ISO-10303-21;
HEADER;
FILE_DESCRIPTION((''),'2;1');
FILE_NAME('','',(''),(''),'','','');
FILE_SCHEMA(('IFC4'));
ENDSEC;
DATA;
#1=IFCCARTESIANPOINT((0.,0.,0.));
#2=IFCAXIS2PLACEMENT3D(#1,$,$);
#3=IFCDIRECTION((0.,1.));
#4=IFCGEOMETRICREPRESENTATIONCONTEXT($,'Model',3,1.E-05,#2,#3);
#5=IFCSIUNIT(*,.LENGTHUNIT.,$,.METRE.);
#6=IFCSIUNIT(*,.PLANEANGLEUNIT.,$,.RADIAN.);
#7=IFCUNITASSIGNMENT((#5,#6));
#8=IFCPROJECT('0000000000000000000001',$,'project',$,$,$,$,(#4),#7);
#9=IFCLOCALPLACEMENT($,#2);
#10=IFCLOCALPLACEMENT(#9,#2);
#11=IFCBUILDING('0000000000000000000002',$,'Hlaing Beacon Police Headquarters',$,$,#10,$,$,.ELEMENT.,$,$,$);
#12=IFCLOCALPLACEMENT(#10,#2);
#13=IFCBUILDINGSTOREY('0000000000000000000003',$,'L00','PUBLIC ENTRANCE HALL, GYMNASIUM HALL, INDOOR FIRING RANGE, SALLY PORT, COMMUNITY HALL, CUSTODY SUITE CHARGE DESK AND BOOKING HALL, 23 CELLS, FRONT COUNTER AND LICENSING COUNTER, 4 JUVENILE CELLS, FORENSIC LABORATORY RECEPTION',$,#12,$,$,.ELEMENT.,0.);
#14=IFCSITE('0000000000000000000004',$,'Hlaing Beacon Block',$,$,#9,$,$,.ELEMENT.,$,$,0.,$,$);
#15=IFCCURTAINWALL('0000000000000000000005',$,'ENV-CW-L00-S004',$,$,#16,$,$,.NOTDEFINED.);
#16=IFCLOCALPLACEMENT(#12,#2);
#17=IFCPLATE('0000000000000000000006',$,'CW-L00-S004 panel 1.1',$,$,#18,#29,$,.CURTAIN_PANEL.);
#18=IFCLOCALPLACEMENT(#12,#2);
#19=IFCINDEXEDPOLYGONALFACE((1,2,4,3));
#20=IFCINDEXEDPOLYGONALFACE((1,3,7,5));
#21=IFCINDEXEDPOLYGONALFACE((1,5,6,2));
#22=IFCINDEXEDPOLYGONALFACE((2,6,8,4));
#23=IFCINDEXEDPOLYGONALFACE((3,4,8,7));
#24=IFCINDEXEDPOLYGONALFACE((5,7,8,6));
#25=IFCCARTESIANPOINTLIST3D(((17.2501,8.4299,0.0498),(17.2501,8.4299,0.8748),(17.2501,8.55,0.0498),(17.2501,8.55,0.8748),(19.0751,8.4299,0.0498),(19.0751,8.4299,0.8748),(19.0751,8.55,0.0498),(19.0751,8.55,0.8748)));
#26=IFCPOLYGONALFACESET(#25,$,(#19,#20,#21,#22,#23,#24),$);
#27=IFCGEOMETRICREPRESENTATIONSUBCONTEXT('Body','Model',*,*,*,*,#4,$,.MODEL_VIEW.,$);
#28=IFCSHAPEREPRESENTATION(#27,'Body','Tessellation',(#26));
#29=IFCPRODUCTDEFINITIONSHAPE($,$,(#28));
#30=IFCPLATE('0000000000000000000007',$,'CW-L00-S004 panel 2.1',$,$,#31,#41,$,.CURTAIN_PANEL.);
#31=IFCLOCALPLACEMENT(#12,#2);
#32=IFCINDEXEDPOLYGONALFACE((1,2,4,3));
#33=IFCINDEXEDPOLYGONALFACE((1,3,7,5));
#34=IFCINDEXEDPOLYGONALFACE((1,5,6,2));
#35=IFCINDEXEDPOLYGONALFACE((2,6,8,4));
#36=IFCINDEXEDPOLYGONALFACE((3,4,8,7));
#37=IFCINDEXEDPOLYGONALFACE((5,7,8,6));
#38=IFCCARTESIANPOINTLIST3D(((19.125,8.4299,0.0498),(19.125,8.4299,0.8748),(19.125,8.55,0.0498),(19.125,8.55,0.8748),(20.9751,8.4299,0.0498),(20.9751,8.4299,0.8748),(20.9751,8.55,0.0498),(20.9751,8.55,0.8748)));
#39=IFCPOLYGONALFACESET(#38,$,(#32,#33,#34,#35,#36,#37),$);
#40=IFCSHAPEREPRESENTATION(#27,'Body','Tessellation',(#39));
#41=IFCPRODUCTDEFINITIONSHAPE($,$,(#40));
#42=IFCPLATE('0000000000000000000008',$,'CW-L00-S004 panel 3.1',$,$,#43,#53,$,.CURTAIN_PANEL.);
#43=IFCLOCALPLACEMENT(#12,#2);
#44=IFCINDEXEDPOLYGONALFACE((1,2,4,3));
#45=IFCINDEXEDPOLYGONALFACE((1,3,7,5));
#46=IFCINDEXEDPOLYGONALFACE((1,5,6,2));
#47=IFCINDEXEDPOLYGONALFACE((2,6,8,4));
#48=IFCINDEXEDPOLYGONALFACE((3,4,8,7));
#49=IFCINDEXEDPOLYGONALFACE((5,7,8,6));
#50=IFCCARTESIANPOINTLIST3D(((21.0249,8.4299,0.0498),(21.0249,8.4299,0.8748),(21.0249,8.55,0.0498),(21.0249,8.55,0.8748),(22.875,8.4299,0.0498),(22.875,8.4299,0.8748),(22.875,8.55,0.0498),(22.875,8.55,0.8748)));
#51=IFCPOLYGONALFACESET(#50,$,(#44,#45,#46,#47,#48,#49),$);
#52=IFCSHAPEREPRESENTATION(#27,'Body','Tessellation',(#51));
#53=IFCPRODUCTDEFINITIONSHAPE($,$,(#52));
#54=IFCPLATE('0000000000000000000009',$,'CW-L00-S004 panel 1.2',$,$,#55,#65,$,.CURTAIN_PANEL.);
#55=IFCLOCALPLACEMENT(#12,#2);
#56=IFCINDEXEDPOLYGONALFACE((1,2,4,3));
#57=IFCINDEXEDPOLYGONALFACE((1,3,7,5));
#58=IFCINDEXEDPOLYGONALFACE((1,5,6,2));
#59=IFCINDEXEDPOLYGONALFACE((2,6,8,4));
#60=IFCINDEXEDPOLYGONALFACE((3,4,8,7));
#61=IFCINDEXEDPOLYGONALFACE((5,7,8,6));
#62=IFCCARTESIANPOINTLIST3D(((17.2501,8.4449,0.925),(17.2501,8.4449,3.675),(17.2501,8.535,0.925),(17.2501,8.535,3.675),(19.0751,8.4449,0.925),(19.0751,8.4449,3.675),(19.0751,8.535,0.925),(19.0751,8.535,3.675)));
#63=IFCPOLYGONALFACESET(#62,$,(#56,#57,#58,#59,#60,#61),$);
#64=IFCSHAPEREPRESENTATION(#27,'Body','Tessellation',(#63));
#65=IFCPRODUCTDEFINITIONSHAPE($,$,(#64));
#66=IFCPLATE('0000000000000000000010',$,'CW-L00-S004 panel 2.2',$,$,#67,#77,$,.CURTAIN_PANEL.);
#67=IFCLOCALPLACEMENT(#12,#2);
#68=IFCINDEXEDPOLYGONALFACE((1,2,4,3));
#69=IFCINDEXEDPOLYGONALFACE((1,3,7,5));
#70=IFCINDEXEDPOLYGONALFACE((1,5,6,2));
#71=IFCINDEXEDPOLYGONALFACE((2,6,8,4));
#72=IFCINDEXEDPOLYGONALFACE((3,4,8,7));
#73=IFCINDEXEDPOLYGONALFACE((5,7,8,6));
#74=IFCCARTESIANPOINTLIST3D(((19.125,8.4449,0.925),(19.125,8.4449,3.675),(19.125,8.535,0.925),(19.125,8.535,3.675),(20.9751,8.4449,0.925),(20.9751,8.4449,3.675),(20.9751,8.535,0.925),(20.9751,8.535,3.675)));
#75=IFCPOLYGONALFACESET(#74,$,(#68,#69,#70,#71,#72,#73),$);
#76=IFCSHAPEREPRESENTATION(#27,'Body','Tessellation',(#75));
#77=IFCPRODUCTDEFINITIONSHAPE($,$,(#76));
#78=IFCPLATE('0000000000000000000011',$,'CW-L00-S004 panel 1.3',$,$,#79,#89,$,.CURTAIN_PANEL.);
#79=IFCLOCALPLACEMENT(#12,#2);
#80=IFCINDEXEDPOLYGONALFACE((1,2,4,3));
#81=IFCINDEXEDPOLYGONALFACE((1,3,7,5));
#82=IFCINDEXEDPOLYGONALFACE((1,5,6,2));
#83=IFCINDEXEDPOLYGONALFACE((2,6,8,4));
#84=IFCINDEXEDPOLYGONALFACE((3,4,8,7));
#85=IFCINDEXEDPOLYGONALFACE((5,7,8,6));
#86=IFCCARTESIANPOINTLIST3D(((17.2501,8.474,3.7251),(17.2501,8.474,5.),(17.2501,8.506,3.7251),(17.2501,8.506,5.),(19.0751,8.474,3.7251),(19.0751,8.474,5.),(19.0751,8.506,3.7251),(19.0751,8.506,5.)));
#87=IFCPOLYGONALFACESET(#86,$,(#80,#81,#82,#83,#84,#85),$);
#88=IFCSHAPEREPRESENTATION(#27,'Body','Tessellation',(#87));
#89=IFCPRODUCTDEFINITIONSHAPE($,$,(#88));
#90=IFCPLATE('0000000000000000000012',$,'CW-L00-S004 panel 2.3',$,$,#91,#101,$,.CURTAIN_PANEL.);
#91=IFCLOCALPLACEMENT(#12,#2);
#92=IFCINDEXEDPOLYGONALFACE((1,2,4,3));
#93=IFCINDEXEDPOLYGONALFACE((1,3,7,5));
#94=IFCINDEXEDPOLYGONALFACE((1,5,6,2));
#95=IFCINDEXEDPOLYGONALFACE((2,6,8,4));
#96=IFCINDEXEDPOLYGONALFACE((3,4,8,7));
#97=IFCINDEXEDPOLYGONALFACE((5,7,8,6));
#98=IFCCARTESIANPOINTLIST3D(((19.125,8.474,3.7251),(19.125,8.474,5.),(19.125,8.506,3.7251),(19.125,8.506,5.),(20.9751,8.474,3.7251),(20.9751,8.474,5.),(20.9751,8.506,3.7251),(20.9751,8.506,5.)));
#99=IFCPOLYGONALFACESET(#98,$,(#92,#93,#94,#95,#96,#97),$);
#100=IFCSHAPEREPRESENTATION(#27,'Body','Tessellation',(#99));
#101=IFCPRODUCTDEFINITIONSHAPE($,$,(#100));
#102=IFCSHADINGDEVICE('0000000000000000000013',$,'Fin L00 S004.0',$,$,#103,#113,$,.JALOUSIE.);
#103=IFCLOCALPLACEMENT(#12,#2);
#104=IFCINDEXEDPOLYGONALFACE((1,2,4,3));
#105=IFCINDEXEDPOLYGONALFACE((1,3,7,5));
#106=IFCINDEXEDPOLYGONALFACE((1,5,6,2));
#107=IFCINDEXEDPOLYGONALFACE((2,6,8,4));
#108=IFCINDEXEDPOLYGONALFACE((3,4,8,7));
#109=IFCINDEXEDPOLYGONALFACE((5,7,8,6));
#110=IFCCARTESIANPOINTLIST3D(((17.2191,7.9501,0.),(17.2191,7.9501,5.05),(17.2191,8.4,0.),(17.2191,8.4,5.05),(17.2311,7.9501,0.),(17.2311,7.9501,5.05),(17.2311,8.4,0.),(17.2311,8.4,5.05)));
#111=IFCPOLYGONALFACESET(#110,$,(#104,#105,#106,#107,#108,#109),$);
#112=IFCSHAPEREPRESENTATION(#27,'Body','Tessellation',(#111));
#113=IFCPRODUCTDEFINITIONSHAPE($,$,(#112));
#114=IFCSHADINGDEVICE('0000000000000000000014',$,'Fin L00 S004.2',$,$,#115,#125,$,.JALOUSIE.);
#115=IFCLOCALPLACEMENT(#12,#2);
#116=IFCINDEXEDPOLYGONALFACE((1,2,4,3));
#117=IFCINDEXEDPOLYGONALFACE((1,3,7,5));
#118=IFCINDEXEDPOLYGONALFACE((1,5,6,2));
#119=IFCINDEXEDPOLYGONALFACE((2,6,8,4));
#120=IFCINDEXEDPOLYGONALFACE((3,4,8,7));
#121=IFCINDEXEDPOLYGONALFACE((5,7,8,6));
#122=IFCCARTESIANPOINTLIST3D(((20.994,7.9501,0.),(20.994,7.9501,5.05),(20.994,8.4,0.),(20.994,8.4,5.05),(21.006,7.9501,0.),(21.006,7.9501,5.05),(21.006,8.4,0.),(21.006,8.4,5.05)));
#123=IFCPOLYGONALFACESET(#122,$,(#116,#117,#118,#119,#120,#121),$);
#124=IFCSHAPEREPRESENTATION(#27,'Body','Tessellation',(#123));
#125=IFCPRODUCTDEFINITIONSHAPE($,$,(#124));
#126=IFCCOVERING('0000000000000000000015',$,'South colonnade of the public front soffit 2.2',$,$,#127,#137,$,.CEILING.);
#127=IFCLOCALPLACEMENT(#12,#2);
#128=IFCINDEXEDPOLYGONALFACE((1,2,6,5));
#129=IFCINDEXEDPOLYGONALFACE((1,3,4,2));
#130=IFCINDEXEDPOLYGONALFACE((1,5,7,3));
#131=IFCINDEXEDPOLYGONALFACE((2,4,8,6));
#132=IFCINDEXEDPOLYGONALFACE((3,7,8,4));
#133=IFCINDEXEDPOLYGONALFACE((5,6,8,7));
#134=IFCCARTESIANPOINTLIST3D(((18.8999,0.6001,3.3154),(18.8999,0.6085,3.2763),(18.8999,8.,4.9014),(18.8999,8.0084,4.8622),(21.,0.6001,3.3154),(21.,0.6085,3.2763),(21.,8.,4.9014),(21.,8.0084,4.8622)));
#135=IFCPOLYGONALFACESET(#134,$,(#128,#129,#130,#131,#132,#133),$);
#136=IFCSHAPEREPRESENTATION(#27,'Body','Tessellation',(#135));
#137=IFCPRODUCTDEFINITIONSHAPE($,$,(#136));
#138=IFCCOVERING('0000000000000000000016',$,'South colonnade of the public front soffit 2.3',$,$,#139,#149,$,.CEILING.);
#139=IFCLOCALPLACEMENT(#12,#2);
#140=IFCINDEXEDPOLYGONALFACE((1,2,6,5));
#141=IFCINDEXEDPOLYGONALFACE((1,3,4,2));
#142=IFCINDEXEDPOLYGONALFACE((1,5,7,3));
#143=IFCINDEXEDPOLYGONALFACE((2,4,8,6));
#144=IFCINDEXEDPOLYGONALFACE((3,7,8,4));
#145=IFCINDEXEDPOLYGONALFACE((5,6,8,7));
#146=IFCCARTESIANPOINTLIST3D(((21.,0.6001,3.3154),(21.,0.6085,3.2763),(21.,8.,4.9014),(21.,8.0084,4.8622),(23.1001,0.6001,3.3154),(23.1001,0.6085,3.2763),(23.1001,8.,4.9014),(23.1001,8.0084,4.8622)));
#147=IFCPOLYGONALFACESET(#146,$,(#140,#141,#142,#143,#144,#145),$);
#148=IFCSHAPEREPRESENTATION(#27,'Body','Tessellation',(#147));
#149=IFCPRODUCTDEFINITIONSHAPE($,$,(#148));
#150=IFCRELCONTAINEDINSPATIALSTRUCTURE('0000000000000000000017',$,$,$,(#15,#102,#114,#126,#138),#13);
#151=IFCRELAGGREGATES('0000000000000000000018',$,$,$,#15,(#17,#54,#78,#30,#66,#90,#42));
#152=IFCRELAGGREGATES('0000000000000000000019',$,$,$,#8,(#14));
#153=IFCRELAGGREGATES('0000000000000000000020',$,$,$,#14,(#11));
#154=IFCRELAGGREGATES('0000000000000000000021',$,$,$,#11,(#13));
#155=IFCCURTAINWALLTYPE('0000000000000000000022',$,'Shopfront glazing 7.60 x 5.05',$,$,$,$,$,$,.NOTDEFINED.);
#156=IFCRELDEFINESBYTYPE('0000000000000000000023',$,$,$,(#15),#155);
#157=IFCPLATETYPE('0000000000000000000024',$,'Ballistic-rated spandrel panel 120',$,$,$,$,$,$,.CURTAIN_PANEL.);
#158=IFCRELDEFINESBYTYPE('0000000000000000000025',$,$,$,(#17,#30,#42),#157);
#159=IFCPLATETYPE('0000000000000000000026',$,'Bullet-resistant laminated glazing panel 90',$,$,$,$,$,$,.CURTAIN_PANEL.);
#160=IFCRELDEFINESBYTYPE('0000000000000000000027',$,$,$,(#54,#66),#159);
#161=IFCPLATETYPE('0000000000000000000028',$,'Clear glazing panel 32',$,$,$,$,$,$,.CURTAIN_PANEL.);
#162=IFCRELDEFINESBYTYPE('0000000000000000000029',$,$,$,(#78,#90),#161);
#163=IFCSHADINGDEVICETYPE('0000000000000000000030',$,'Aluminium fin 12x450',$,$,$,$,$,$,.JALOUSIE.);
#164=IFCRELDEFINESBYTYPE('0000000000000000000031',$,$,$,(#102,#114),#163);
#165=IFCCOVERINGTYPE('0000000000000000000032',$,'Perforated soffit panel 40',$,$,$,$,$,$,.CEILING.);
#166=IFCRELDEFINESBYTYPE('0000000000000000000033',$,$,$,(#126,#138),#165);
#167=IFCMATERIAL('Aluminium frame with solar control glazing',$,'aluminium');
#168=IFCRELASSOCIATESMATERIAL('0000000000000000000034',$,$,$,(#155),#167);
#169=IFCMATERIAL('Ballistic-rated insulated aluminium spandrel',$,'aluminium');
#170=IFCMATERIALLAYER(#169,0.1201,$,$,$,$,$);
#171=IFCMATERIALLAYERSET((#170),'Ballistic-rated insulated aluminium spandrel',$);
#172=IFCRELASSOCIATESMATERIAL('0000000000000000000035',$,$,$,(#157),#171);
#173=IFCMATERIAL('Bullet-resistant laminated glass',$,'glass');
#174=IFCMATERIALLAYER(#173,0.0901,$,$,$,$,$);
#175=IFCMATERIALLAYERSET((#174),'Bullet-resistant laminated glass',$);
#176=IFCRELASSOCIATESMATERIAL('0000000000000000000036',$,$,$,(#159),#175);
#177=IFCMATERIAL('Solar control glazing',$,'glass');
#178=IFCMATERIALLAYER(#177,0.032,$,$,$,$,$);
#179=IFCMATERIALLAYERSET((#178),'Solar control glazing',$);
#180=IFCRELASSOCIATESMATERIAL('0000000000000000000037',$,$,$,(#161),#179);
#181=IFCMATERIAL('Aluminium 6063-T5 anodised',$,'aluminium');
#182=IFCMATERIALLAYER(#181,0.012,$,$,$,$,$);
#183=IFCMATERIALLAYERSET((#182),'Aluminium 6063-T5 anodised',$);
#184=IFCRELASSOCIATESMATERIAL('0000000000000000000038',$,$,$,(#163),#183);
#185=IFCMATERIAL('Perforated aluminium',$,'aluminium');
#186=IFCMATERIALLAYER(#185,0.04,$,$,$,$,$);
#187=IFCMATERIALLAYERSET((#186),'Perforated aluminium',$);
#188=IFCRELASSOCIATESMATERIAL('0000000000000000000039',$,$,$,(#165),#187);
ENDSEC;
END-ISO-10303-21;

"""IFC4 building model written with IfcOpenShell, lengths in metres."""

from ifc_helpers import new_model, si_unit, direction, frame, origin, origin_2d, place, context, subcontext, project, spatial, polyline, rectangle, outline, extrude, material, layer, layer_set, type_object, element, aggregate, save


model = new_model("IFC4")

# Units and contexts
model_context = context("Model", 3, precision=1e-05, world=origin(), true_north=direction((0.0, 1.0)))
body_context = subcontext(model_context, "Body", "Model", "MODEL_VIEW")
ifc_project = project(units=[si_unit("LENGTHUNIT", "METRE"), si_unit("PLANEANGLEUNIT", "RADIAN")], contexts=[model_context])

# Site, building, storey
site_placement = place(None, origin())
site = spatial("IfcSite", under=ifc_project, at=site_placement, Name="Hlaing Beacon Block", CompositionType="ELEMENT", RefElevation=0.0)
building_placement = place(site_placement, origin())
building = spatial("IfcBuilding", under=site, at=building_placement, Name="Hlaing Beacon Police Headquarters", CompositionType="ELEMENT")
storey_placement = place(building_placement, origin())
storey = spatial("IfcBuildingStorey", under=building, at=storey_placement, Name="L00", Description="PUBLIC ENTRANCE HALL, GYMNASIUM HALL, INDOOR FIRING RANGE, SALLY PORT, COMMUNITY HALL, CUSTODY SUITE CHARGE DESK AND BOOKING HALL, 23 CELLS, FRONT COUNTER AND LICENSING COUNTER, 4 JUVENILE CELLS, FORENSIC LABORATORY RECEPTION", CompositionType="ELEMENT", Elevation=0.0)

# Curtain wall, plates
ifc_material_1 = material(Name="Aluminium frame with solar control glazing", Category="aluminium")
curtain_wall_type = type_object("IfcCurtainWallType", Name="Shopfront glazing 7.60 x 5.05", PredefinedType="NOTDEFINED", material=ifc_material_1)
curtain_wall_placement = place(storey_placement, origin())
curtain_wall = element("IfcCurtainWall", 1, at=curtain_wall_placement, inside=storey, type_object=curtain_wall_type, Name="ENV-CW-L00-S004", PredefinedType="NOTDEFINED")
ifc_material_2 = material(Name="Ballistic-rated insulated aluminium spandrel", Category="aluminium")
ifc_layer_1 = layer(ifc_material_2, 0.1201)
ifc_layer_set_1 = layer_set([ifc_layer_1], Name="Ballistic-rated insulated aluminium spandrel")
plate_type_1 = type_object("IfcPlateType", Name="Ballistic-rated spandrel panel 120", PredefinedType="CURTAIN_PANEL", material=ifc_layer_set_1)
plate_1_placement = place(storey_placement, frame((18.1626, 8.49, 0.0498), z_axis=(0.0, 0.0, 1.0), x_axis=(1.0, 0.0, 0.0)))
plate_1 = element("IfcPlate", 2, at=plate_1_placement, type_object=plate_type_1, Name="CW-L00-S004 panel 1.1", PredefinedType="CURTAIN_PANEL", context=body_context, shape_type="SweptSolid", body=[
    extrude(rectangle(XDim=1.825, YDim=0.1201, at=origin_2d()), origin(), (0.0, 0.0, 1.0), 0.825),
])
plate_2_placement = place(storey_placement, frame((20.05, 8.49, 0.0498), z_axis=(0.0, 0.0, 1.0), x_axis=(1.0, 0.0, 0.0)))
plate_2 = element("IfcPlate", 3, at=plate_2_placement, type_object=plate_type_1, Name="CW-L00-S004 panel 2.1", PredefinedType="CURTAIN_PANEL", context=body_context, shape_type="SweptSolid", body=[
    extrude(rectangle(XDim=1.8501, YDim=0.1201, at=origin_2d()), origin(), (0.0, 0.0, 1.0), 0.825),
])
plate_3_placement = place(storey_placement, frame((21.95, 8.49, 0.0498), z_axis=(0.0, 0.0, 1.0), x_axis=(1.0, 0.0, 0.0)))
plate_3 = element("IfcPlate", 4, at=plate_3_placement, type_object=plate_type_1, Name="CW-L00-S004 panel 3.1", PredefinedType="CURTAIN_PANEL", context=body_context, shape_type="SweptSolid", body=[
    extrude(rectangle(XDim=1.8501, YDim=0.1201, at=origin_2d()), origin(), (0.0, 0.0, 1.0), 0.825),
])
ifc_material_3 = material(Name="Bullet-resistant laminated glass", Category="glass")
ifc_layer_2 = layer(ifc_material_3, 0.0901)
ifc_layer_set_2 = layer_set([ifc_layer_2], Name="Bullet-resistant laminated glass")
plate_type_2 = type_object("IfcPlateType", Name="Bullet-resistant laminated glazing panel 90", PredefinedType="CURTAIN_PANEL", material=ifc_layer_set_2)
plate_4_placement = place(storey_placement, frame((18.1626, 8.49, 0.925), z_axis=(0.0, 0.0, 1.0), x_axis=(1.0, 0.0, 0.0)))
plate_4 = element("IfcPlate", 5, at=plate_4_placement, type_object=plate_type_2, Name="CW-L00-S004 panel 1.2", PredefinedType="CURTAIN_PANEL", context=body_context, shape_type="SweptSolid", body=[
    extrude(rectangle(XDim=1.825, YDim=0.0901, at=origin_2d()), origin(), (0.0, 0.0, 1.0), 2.75),
])
plate_5_placement = place(storey_placement, frame((20.05, 8.49, 0.925), z_axis=(0.0, 0.0, 1.0), x_axis=(1.0, 0.0, 0.0)))
plate_5 = element("IfcPlate", 6, at=plate_5_placement, type_object=plate_type_2, Name="CW-L00-S004 panel 2.2", PredefinedType="CURTAIN_PANEL", context=body_context, shape_type="SweptSolid", body=[
    extrude(rectangle(XDim=1.8501, YDim=0.0901, at=origin_2d()), origin(), (0.0, 0.0, 1.0), 2.75),
])
ifc_material_4 = material(Name="Solar control glazing", Category="glass")
ifc_layer_3 = layer(ifc_material_4, 0.032)
ifc_layer_set_3 = layer_set([ifc_layer_3], Name="Solar control glazing")
plate_type_3 = type_object("IfcPlateType", Name="Clear glazing panel 32", PredefinedType="CURTAIN_PANEL", material=ifc_layer_set_3)
plate_6_placement = place(storey_placement, frame((18.1626, 8.49, 3.7251), z_axis=(0.0, 0.0, 1.0), x_axis=(1.0, 0.0, 0.0)))
plate_6 = element("IfcPlate", 7, at=plate_6_placement, type_object=plate_type_3, Name="CW-L00-S004 panel 1.3", PredefinedType="CURTAIN_PANEL", context=body_context, shape_type="SweptSolid", body=[
    extrude(rectangle(XDim=1.825, YDim=0.032, at=origin_2d()), origin(), (0.0, 0.0, 1.0), 1.2749),
])
plate_7_placement = place(storey_placement, frame((20.05, 8.49, 3.7251), z_axis=(0.0, 0.0, 1.0), x_axis=(1.0, 0.0, 0.0)))
plate_7 = element("IfcPlate", 8, at=plate_7_placement, type_object=plate_type_3, Name="CW-L00-S004 panel 2.3", PredefinedType="CURTAIN_PANEL", context=body_context, shape_type="SweptSolid", body=[
    extrude(rectangle(XDim=1.8501, YDim=0.032, at=origin_2d()), origin(), (0.0, 0.0, 1.0), 1.2749),
])
aggregate(curtain_wall, [plate_1, plate_4, plate_6, plate_2, plate_5, plate_7, plate_3])

# Shading devices
ifc_material_5 = material(Name="Aluminium 6063-T5 anodised", Category="aluminium")
ifc_layer_4 = layer(ifc_material_5, 0.012)
ifc_layer_set_4 = layer_set([ifc_layer_4], Name="Aluminium 6063-T5 anodised")
shading_device_type = type_object("IfcShadingDeviceType", Name="Aluminium fin 12x450", PredefinedType="JALOUSIE", material=ifc_layer_set_4)
for number, where, z_axis, x_axis, name in (
    (9, (17.2251, 8.175, 0.0), (0.0, 0.0, 1.0), (1.0, 0.0, 0.0), "Fin L00 S004.0"),
    (10, (21.0, 8.175, 0.0), (0.0, 0.0, 1.0), (1.0, 0.0, 0.0), "Fin L00 S004.2"),
):
    element("IfcShadingDevice", number, at=place(storey_placement, frame(where, z_axis=z_axis, x_axis=x_axis)), inside=storey, type_object=shading_device_type, Name=name, PredefinedType="JALOUSIE", context=body_context, shape_type="SweptSolid", body=[
        extrude(rectangle(XDim=0.012, YDim=0.45, at=origin_2d()), origin(), (0.0, 0.0, 1.0), 5.05),
    ])

# Coverings
ifc_material_6 = material(Name="Perforated aluminium", Category="aluminium")
ifc_layer_5 = layer(ifc_material_6, 0.04)
ifc_layer_set_5 = layer_set([ifc_layer_5], Name="Perforated aluminium")
covering_type = type_object("IfcCoveringType", Name="Perforated soffit panel 40", PredefinedType="CEILING", material=ifc_layer_set_5)
for number, where, z_axis, x_axis, name in (
    (11, (18.8999, 0.6001, 3.3154), (0.0, -0.20956, 0.977796), (1.0, 0.0, 0.0), "South colonnade of the public front soffit 2.2"),
    (12, (21.0, 0.6001, 3.3154), (0.0, -0.20956, 0.977796), (1.0, 0.0, 0.0), "South colonnade of the public front soffit 2.3"),
):
    element("IfcCovering", number, at=place(storey_placement, frame(where, z_axis=z_axis, x_axis=x_axis)), inside=storey, type_object=covering_type, Name=name, PredefinedType="CEILING", context=body_context, shape_type="SweptSolid", body=[
        extrude(outline(polyline([(0.0, 0.0), (2.1001, 0.0), (2.1001, 7.5679), (0.0, 7.5679), (0.0, 0.0)])), origin(), (0.0, 0.0, -1.0), 0.04),
    ])

save(model, "model.ifc")
